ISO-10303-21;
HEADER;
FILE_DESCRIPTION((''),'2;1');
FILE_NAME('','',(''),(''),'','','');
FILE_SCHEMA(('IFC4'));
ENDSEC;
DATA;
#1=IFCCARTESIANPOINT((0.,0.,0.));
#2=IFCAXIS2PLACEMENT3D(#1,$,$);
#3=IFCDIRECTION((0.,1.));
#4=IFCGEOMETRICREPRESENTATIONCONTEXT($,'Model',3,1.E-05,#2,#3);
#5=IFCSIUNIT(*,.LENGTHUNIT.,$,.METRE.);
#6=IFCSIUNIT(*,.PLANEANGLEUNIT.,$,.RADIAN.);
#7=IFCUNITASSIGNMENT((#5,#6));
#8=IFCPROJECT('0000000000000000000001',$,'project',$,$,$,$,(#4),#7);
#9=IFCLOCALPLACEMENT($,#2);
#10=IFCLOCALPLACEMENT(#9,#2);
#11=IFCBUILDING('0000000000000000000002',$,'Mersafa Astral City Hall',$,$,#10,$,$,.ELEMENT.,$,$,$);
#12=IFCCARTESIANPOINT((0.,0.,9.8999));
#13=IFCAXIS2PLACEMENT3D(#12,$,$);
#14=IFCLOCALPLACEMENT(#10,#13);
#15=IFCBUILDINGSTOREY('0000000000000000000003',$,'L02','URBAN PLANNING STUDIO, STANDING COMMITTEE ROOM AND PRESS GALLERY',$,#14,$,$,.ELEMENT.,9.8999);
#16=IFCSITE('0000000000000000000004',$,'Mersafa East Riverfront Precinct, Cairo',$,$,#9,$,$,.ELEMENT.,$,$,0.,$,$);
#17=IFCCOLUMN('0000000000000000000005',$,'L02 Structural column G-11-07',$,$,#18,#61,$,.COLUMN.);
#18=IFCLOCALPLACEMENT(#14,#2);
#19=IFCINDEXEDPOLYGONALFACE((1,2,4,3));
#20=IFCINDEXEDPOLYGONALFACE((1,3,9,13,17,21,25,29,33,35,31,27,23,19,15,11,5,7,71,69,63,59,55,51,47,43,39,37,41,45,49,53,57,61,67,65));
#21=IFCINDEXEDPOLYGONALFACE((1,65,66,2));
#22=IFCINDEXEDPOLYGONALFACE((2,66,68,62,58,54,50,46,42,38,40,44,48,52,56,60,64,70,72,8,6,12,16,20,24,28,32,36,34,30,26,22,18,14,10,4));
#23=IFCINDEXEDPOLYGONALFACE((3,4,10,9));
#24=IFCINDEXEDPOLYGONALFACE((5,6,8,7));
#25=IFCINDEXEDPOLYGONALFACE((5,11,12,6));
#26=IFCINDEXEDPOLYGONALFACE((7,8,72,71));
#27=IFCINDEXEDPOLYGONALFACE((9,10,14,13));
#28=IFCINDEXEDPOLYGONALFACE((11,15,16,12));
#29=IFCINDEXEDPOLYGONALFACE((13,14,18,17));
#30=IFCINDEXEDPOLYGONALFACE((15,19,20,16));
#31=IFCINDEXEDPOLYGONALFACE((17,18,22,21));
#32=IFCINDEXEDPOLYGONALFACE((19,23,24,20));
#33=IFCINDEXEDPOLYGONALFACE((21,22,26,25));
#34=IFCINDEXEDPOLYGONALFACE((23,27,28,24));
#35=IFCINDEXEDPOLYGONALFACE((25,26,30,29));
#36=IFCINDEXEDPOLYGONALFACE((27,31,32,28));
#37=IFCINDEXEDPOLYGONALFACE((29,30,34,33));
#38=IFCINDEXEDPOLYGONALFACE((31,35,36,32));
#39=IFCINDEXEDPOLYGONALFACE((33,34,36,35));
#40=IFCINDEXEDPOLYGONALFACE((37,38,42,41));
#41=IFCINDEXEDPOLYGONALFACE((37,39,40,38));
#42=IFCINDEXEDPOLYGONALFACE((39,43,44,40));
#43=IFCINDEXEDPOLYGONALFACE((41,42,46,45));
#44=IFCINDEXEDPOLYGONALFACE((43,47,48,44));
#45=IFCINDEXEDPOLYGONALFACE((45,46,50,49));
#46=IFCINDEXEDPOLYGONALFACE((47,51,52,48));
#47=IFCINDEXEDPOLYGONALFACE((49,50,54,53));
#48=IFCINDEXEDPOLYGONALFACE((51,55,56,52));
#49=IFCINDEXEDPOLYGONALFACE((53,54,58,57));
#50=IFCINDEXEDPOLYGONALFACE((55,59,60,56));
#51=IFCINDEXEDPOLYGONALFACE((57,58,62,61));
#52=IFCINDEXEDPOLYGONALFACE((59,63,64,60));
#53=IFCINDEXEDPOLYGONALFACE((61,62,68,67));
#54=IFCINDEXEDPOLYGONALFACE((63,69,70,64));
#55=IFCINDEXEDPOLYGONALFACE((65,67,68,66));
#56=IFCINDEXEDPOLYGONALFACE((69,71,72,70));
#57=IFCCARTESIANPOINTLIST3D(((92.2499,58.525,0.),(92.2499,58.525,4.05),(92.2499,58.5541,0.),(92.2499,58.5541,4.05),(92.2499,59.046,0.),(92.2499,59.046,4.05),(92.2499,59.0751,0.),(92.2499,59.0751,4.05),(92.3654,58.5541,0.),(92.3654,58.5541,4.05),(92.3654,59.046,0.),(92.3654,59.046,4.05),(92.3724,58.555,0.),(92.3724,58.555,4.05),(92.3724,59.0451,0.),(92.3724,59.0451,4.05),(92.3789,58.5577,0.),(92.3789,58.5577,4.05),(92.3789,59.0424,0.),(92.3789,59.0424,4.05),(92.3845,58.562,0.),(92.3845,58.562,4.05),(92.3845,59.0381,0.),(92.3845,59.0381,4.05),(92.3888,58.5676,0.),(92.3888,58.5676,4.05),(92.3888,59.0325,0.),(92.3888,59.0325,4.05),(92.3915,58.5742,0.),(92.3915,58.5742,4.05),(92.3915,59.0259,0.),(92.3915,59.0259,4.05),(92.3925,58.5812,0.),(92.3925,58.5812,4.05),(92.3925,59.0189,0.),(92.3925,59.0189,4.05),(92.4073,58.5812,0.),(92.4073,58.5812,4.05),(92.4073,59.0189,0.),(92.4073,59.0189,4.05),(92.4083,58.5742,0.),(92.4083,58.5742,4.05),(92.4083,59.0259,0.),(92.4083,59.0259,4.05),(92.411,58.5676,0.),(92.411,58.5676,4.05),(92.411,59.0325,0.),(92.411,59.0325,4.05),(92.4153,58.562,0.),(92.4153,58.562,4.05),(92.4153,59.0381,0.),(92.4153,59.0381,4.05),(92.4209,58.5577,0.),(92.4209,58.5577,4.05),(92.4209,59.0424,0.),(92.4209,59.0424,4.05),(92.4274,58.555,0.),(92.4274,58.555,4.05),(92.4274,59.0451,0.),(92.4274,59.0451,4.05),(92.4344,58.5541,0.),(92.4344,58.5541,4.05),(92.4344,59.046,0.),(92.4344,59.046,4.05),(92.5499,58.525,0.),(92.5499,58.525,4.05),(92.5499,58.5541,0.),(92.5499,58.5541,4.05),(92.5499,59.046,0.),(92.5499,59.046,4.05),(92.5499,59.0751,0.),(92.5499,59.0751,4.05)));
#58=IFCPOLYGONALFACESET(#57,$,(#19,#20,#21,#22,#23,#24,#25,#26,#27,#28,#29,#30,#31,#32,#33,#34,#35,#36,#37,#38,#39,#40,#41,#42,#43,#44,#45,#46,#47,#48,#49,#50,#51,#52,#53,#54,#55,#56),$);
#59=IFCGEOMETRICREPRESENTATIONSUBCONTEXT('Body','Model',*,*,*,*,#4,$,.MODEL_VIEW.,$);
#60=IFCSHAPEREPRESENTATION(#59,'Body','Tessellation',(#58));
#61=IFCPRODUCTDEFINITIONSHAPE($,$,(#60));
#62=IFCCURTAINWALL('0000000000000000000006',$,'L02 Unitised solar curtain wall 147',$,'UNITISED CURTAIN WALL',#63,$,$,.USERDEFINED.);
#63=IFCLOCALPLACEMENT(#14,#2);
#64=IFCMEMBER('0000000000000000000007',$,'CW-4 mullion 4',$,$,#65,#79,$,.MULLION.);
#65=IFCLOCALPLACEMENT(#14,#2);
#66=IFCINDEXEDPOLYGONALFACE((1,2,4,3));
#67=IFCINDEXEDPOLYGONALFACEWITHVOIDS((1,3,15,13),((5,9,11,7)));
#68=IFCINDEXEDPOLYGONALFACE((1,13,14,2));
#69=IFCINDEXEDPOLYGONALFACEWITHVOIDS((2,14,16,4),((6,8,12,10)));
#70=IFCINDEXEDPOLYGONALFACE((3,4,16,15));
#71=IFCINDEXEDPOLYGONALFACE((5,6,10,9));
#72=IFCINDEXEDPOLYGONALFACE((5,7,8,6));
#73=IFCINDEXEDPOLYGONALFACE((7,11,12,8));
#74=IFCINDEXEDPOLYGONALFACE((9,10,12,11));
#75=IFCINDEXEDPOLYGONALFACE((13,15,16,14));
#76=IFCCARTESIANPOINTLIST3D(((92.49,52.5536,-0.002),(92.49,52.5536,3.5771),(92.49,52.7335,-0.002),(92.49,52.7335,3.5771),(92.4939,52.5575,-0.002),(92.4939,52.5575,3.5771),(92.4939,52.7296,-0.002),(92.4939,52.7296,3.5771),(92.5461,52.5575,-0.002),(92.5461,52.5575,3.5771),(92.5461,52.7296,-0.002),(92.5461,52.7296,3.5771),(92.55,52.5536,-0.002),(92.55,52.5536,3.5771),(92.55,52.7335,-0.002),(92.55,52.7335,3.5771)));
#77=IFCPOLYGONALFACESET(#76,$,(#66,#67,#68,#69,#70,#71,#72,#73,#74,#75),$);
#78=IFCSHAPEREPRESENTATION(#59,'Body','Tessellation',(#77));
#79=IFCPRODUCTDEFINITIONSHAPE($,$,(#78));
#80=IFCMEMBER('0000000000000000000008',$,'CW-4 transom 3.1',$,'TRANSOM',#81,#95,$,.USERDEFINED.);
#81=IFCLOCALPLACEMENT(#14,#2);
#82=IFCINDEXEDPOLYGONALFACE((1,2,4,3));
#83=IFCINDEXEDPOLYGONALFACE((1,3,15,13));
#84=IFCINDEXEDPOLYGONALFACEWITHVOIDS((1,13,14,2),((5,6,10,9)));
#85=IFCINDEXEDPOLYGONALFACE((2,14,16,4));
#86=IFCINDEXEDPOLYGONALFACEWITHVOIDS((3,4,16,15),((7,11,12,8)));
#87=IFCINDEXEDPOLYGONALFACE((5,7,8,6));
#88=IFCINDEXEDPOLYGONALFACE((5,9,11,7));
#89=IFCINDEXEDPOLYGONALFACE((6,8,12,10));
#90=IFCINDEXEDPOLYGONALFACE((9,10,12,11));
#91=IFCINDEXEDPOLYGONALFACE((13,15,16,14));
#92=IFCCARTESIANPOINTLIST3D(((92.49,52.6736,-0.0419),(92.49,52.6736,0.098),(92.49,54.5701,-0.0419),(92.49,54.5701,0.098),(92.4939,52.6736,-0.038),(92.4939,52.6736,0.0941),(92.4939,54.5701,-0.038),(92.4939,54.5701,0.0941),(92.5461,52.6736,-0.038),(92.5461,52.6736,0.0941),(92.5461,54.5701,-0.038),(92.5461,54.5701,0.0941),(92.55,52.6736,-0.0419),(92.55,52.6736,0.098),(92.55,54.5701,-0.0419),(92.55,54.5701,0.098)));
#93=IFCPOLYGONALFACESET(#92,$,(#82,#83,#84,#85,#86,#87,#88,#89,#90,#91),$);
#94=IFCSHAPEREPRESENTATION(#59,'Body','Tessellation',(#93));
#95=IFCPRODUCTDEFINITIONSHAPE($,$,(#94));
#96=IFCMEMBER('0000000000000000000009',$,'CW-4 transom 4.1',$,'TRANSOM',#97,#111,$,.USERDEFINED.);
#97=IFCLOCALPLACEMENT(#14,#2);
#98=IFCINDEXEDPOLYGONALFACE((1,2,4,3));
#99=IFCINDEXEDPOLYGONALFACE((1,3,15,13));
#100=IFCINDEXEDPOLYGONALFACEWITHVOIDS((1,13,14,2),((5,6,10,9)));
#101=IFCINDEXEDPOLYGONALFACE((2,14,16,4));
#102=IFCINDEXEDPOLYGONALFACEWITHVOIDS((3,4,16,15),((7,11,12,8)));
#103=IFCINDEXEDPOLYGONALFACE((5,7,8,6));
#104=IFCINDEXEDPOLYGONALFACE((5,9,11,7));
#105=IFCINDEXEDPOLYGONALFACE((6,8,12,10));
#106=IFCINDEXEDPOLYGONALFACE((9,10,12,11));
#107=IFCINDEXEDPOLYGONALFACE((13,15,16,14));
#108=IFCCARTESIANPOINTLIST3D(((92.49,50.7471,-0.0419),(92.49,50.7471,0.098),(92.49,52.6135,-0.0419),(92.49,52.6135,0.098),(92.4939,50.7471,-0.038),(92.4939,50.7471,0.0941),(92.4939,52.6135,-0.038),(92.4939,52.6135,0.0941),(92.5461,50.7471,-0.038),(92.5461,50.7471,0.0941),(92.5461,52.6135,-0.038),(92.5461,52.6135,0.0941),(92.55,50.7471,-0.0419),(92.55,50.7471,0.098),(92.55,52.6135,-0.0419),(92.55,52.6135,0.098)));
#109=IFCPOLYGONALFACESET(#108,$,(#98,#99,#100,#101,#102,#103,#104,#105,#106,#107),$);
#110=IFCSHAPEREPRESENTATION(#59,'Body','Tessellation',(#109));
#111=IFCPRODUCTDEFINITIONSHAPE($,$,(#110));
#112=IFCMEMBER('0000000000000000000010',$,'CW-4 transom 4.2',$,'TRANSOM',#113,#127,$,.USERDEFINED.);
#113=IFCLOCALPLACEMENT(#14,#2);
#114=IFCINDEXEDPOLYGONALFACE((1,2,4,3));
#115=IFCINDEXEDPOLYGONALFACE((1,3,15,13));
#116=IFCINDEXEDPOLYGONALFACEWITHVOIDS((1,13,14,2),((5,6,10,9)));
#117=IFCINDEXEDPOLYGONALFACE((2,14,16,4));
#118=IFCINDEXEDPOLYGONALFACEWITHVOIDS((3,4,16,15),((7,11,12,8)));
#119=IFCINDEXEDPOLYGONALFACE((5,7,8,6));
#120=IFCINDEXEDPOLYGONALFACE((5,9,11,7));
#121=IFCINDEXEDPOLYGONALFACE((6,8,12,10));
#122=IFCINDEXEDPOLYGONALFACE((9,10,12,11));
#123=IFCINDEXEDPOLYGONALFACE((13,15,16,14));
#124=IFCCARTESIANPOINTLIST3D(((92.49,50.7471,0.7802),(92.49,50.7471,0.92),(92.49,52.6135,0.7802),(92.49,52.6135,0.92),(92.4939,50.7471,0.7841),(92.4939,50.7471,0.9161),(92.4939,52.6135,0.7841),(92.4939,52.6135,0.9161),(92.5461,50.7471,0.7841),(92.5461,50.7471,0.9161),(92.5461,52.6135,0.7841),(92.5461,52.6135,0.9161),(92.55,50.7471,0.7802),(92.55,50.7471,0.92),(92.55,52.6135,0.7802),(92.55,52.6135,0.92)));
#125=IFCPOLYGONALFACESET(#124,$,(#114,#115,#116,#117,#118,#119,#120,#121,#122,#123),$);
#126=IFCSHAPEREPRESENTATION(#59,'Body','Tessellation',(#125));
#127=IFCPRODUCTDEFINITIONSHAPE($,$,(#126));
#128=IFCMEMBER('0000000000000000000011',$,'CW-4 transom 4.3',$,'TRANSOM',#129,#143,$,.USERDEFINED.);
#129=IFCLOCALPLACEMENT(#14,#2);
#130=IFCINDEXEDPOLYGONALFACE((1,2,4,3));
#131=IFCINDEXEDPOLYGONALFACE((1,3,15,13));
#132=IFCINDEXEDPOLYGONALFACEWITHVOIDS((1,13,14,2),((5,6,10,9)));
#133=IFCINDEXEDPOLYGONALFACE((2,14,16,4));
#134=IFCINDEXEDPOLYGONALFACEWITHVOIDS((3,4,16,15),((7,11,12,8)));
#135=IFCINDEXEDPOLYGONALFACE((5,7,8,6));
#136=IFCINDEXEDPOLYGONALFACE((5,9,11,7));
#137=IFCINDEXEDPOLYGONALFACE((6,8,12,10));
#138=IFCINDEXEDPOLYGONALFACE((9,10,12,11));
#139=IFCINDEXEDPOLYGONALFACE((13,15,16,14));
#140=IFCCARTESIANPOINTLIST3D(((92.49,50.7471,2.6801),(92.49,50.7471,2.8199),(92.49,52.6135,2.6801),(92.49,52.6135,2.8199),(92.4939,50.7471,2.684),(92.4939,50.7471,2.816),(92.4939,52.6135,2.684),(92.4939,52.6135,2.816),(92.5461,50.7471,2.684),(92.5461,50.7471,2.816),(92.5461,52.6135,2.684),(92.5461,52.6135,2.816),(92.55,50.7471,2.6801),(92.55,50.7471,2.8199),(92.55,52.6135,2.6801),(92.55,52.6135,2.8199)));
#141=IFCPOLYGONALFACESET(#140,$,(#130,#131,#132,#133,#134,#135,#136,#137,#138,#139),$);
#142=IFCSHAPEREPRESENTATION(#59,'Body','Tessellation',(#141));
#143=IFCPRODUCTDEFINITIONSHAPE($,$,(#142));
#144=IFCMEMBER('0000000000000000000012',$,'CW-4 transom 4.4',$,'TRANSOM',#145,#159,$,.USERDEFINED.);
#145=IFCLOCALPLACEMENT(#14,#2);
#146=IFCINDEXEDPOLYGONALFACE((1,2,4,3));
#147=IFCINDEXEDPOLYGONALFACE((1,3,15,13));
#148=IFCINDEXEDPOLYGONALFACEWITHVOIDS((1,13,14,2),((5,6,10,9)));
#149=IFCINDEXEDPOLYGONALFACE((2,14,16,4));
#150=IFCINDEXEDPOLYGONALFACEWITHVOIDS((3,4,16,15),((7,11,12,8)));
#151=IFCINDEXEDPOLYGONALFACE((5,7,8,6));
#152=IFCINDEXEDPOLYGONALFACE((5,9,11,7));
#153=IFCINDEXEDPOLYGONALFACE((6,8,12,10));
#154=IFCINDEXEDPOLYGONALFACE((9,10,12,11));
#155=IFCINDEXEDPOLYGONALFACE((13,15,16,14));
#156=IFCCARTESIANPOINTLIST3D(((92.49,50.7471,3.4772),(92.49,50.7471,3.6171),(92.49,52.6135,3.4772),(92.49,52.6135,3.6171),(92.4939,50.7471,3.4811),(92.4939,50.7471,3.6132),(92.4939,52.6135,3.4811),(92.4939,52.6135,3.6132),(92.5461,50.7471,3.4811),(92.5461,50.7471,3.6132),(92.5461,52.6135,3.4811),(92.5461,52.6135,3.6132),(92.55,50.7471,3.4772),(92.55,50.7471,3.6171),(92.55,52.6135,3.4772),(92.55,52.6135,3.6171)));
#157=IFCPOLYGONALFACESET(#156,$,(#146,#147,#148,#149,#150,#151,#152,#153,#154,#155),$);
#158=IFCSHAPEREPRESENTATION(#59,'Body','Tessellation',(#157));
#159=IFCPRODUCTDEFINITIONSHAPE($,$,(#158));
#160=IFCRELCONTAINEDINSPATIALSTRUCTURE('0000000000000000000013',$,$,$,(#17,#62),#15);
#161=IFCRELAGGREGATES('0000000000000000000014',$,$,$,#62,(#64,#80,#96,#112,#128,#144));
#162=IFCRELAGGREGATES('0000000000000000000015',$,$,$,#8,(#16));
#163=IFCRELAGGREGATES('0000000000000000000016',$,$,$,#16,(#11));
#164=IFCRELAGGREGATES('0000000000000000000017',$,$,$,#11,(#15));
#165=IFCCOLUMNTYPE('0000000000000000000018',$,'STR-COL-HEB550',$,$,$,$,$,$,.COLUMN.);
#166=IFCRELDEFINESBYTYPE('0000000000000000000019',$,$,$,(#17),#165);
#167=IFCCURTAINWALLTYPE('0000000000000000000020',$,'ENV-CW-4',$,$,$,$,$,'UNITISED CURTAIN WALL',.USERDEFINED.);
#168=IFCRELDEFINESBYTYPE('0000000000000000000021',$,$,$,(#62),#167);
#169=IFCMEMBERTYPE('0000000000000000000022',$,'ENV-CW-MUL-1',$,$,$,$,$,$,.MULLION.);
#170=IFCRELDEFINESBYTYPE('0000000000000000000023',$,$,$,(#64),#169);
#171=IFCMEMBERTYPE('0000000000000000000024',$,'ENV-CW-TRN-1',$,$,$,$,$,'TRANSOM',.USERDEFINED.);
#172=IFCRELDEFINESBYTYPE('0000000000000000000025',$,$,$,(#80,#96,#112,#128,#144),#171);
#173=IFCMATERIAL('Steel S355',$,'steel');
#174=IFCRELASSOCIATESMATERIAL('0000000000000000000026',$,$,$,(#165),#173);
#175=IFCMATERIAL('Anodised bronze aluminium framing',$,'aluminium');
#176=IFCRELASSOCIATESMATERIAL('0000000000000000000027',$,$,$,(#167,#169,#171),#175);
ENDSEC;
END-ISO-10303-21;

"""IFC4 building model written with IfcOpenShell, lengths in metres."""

from ifc_helpers import new_model, si_unit, direction, frame, origin, origin_2d, place, context, subcontext, project, spatial, hollow_rectangle, i_section, extrude, material, material_profile, profile_set, type_object, element, aggregate, save


model = new_model("IFC4")

# Units and contexts
model_context = context("Model", 3, precision=1e-05, world=origin(), true_north=direction((0.0, 1.0)))
body_context = subcontext(model_context, "Body", "Model", "MODEL_VIEW")
ifc_project = project(units=[si_unit("LENGTHUNIT", "METRE"), si_unit("PLANEANGLEUNIT", "RADIAN")], contexts=[model_context])

# Site, building, storey
site_placement = place(None, origin())
site = spatial("IfcSite", under=ifc_project, at=site_placement, Name="Mersafa East Riverfront Precinct, Cairo", CompositionType="ELEMENT", RefElevation=0.0)
building_placement = place(site_placement, origin())
building = spatial("IfcBuilding", under=site, at=building_placement, Name="Mersafa Astral City Hall", CompositionType="ELEMENT")
storey_placement = place(building_placement, frame((0.0, 0.0, 9.8999)))
storey = spatial("IfcBuildingStorey", under=building, at=storey_placement, Name="L02", Description="URBAN PLANNING STUDIO, STANDING COMMITTEE ROOM AND PRESS GALLERY", CompositionType="ELEMENT", Elevation=9.8999)

# Column
ifc_material_1 = material(Name="Steel S355", Category="steel")
ifc_material_profile_1 = material_profile(ifc_material_1, i_section(OverallWidth=0.3, OverallDepth=0.55, WebThickness=0.0149, FlangeThickness=0.0291, FilletRadius=0.0271, at=origin_2d()), Name="HEB 550")
ifc_profile_set_1 = profile_set([ifc_material_profile_1], Name="Steel S355")
column_type = type_object("IfcColumnType", Name="STR-COL-HEB550", PredefinedType="COLUMN", material=ifc_profile_set_1)
column_placement = place(storey_placement, frame((92.3999, 58.8, 0.0), z_axis=(0.0, 0.0, 1.0), x_axis=(1.0, 0.0, 0.0)))
element("IfcColumn", 1, at=column_placement, inside=storey, type_object=column_type, Name="L02 Structural column G-11-07", PredefinedType="COLUMN", context=body_context, shape_type="SweptSolid", body=[
    extrude(i_section(OverallWidth=0.3, OverallDepth=0.55, WebThickness=0.0149, FlangeThickness=0.0291, FilletRadius=0.0271, at=origin_2d()), origin(), (0.0, 0.0, 1.0), 4.05),
])

# Curtain wall, members
ifc_material_2 = material(Name="Anodised bronze aluminium framing", Category="aluminium")
curtain_wall_type = type_object("IfcCurtainWallType", Name="ENV-CW-4", ElementType="UNITISED CURTAIN WALL", PredefinedType="USERDEFINED", material=ifc_material_2)
curtain_wall_placement = place(storey_placement, origin())
curtain_wall = element("IfcCurtainWall", 2, at=curtain_wall_placement, inside=storey, type_object=curtain_wall_type, Name="L02 Unitised solar curtain wall 147", ObjectType="UNITISED CURTAIN WALL", PredefinedType="USERDEFINED")
ifc_material_profile_2 = material_profile(ifc_material_2, hollow_rectangle(XDim=0.0601, YDim=0.1799, WallThickness=0.0039, at=origin_2d()), Name="RHS 60x180x4")
ifc_profile_set_2 = profile_set([ifc_material_profile_2], Name="Anodised bronze aluminium framing")
member_type_1 = type_object("IfcMemberType", Name="ENV-CW-MUL-1", PredefinedType="MULLION", material=ifc_profile_set_2)
member_1_placement = place(storey_placement, frame((92.52, 52.6436, -0.002), z_axis=(0.0, 0.0, 1.0), x_axis=(1.0, 0.0, 0.0)))
member_1 = element("IfcMember", 3, at=member_1_placement, type_object=member_type_1, Name="CW-4 mullion 4", PredefinedType="MULLION", context=body_context, shape_type="SweptSolid", body=[
    extrude(hollow_rectangle(XDim=0.0601, YDim=0.1799, WallThickness=0.0039, at=origin_2d()), origin(), (0.0, 0.0, 1.0), 3.5791),
])
ifc_material_profile_3 = material_profile(ifc_material_2, hollow_rectangle(XDim=0.0601, YDim=0.1399, WallThickness=0.0039, at=origin_2d()), Name="RHS 60x140x4")
ifc_profile_set_3 = profile_set([ifc_material_profile_3], Name="Anodised bronze aluminium framing")
member_type_2 = type_object("IfcMemberType", Name="ENV-CW-TRN-1", ElementType="TRANSOM", PredefinedType="USERDEFINED", material=ifc_profile_set_3)
member_2_placement = place(storey_placement, frame((92.52, 54.5701, 0.0281), z_axis=(0.0, -1.0, 0.0), x_axis=(1.0, 0.0, 0.0)))
member_2 = element("IfcMember", 4, at=member_2_placement, type_object=member_type_2, Name="CW-4 transom 3.1", ObjectType="TRANSOM", PredefinedType="USERDEFINED", context=body_context, shape_type="SweptSolid", body=[
    extrude(hollow_rectangle(XDim=0.0601, YDim=0.1399, WallThickness=0.0039, at=origin_2d()), origin(), (0.0, 0.0, 1.0), 1.8965),
])
member_3_placement = place(storey_placement, frame((92.52, 52.6135, 0.0281), z_axis=(0.0, -1.0, 0.0), x_axis=(1.0, 0.0, 0.0)))
member_3 = element("IfcMember", 5, at=member_3_placement, type_object=member_type_2, Name="CW-4 transom 4.1", ObjectType="TRANSOM", PredefinedType="USERDEFINED", context=body_context, shape_type="SweptSolid", body=[
    extrude(hollow_rectangle(XDim=0.0601, YDim=0.1399, WallThickness=0.0039, at=origin_2d()), origin(), (0.0, 0.0, 1.0), 1.8665),
])
member_4_placement = place(storey_placement, frame((92.52, 52.6135, 0.8501), z_axis=(0.0, -1.0, 0.0), x_axis=(1.0, 0.0, 0.0)))
member_4 = element("IfcMember", 6, at=member_4_placement, type_object=member_type_2, Name="CW-4 transom 4.2", ObjectType="TRANSOM", PredefinedType="USERDEFINED", context=body_context, shape_type="SweptSolid", body=[
    extrude(hollow_rectangle(XDim=0.0601, YDim=0.1399, WallThickness=0.0039, at=origin_2d()), origin(), (0.0, 0.0, 1.0), 1.8665),
])
member_5_placement = place(storey_placement, frame((92.52, 52.6135, 2.75), z_axis=(0.0, -1.0, 0.0), x_axis=(1.0, 0.0, 0.0)))
member_5 = element("IfcMember", 7, at=member_5_placement, type_object=member_type_2, Name="CW-4 transom 4.3", ObjectType="TRANSOM", PredefinedType="USERDEFINED", context=body_context, shape_type="SweptSolid", body=[
    extrude(hollow_rectangle(XDim=0.0601, YDim=0.1399, WallThickness=0.0039, at=origin_2d()), origin(), (0.0, 0.0, 1.0), 1.8665),
])
member_6_placement = place(storey_placement, frame((92.52, 52.6135, 3.5471), z_axis=(0.0, -1.0, 0.0), x_axis=(1.0, 0.0, 0.0)))
member_6 = element("IfcMember", 8, at=member_6_placement, type_object=member_type_2, Name="CW-4 transom 4.4", ObjectType="TRANSOM", PredefinedType="USERDEFINED", context=body_context, shape_type="SweptSolid", body=[
    extrude(hollow_rectangle(XDim=0.0601, YDim=0.1399, WallThickness=0.0039, at=origin_2d()), origin(), (0.0, 0.0, 1.0), 1.8665),
])

aggregate(curtain_wall, [member_1, member_2, member_3, member_4, member_5, member_6])

save(model, "model.ifc")
